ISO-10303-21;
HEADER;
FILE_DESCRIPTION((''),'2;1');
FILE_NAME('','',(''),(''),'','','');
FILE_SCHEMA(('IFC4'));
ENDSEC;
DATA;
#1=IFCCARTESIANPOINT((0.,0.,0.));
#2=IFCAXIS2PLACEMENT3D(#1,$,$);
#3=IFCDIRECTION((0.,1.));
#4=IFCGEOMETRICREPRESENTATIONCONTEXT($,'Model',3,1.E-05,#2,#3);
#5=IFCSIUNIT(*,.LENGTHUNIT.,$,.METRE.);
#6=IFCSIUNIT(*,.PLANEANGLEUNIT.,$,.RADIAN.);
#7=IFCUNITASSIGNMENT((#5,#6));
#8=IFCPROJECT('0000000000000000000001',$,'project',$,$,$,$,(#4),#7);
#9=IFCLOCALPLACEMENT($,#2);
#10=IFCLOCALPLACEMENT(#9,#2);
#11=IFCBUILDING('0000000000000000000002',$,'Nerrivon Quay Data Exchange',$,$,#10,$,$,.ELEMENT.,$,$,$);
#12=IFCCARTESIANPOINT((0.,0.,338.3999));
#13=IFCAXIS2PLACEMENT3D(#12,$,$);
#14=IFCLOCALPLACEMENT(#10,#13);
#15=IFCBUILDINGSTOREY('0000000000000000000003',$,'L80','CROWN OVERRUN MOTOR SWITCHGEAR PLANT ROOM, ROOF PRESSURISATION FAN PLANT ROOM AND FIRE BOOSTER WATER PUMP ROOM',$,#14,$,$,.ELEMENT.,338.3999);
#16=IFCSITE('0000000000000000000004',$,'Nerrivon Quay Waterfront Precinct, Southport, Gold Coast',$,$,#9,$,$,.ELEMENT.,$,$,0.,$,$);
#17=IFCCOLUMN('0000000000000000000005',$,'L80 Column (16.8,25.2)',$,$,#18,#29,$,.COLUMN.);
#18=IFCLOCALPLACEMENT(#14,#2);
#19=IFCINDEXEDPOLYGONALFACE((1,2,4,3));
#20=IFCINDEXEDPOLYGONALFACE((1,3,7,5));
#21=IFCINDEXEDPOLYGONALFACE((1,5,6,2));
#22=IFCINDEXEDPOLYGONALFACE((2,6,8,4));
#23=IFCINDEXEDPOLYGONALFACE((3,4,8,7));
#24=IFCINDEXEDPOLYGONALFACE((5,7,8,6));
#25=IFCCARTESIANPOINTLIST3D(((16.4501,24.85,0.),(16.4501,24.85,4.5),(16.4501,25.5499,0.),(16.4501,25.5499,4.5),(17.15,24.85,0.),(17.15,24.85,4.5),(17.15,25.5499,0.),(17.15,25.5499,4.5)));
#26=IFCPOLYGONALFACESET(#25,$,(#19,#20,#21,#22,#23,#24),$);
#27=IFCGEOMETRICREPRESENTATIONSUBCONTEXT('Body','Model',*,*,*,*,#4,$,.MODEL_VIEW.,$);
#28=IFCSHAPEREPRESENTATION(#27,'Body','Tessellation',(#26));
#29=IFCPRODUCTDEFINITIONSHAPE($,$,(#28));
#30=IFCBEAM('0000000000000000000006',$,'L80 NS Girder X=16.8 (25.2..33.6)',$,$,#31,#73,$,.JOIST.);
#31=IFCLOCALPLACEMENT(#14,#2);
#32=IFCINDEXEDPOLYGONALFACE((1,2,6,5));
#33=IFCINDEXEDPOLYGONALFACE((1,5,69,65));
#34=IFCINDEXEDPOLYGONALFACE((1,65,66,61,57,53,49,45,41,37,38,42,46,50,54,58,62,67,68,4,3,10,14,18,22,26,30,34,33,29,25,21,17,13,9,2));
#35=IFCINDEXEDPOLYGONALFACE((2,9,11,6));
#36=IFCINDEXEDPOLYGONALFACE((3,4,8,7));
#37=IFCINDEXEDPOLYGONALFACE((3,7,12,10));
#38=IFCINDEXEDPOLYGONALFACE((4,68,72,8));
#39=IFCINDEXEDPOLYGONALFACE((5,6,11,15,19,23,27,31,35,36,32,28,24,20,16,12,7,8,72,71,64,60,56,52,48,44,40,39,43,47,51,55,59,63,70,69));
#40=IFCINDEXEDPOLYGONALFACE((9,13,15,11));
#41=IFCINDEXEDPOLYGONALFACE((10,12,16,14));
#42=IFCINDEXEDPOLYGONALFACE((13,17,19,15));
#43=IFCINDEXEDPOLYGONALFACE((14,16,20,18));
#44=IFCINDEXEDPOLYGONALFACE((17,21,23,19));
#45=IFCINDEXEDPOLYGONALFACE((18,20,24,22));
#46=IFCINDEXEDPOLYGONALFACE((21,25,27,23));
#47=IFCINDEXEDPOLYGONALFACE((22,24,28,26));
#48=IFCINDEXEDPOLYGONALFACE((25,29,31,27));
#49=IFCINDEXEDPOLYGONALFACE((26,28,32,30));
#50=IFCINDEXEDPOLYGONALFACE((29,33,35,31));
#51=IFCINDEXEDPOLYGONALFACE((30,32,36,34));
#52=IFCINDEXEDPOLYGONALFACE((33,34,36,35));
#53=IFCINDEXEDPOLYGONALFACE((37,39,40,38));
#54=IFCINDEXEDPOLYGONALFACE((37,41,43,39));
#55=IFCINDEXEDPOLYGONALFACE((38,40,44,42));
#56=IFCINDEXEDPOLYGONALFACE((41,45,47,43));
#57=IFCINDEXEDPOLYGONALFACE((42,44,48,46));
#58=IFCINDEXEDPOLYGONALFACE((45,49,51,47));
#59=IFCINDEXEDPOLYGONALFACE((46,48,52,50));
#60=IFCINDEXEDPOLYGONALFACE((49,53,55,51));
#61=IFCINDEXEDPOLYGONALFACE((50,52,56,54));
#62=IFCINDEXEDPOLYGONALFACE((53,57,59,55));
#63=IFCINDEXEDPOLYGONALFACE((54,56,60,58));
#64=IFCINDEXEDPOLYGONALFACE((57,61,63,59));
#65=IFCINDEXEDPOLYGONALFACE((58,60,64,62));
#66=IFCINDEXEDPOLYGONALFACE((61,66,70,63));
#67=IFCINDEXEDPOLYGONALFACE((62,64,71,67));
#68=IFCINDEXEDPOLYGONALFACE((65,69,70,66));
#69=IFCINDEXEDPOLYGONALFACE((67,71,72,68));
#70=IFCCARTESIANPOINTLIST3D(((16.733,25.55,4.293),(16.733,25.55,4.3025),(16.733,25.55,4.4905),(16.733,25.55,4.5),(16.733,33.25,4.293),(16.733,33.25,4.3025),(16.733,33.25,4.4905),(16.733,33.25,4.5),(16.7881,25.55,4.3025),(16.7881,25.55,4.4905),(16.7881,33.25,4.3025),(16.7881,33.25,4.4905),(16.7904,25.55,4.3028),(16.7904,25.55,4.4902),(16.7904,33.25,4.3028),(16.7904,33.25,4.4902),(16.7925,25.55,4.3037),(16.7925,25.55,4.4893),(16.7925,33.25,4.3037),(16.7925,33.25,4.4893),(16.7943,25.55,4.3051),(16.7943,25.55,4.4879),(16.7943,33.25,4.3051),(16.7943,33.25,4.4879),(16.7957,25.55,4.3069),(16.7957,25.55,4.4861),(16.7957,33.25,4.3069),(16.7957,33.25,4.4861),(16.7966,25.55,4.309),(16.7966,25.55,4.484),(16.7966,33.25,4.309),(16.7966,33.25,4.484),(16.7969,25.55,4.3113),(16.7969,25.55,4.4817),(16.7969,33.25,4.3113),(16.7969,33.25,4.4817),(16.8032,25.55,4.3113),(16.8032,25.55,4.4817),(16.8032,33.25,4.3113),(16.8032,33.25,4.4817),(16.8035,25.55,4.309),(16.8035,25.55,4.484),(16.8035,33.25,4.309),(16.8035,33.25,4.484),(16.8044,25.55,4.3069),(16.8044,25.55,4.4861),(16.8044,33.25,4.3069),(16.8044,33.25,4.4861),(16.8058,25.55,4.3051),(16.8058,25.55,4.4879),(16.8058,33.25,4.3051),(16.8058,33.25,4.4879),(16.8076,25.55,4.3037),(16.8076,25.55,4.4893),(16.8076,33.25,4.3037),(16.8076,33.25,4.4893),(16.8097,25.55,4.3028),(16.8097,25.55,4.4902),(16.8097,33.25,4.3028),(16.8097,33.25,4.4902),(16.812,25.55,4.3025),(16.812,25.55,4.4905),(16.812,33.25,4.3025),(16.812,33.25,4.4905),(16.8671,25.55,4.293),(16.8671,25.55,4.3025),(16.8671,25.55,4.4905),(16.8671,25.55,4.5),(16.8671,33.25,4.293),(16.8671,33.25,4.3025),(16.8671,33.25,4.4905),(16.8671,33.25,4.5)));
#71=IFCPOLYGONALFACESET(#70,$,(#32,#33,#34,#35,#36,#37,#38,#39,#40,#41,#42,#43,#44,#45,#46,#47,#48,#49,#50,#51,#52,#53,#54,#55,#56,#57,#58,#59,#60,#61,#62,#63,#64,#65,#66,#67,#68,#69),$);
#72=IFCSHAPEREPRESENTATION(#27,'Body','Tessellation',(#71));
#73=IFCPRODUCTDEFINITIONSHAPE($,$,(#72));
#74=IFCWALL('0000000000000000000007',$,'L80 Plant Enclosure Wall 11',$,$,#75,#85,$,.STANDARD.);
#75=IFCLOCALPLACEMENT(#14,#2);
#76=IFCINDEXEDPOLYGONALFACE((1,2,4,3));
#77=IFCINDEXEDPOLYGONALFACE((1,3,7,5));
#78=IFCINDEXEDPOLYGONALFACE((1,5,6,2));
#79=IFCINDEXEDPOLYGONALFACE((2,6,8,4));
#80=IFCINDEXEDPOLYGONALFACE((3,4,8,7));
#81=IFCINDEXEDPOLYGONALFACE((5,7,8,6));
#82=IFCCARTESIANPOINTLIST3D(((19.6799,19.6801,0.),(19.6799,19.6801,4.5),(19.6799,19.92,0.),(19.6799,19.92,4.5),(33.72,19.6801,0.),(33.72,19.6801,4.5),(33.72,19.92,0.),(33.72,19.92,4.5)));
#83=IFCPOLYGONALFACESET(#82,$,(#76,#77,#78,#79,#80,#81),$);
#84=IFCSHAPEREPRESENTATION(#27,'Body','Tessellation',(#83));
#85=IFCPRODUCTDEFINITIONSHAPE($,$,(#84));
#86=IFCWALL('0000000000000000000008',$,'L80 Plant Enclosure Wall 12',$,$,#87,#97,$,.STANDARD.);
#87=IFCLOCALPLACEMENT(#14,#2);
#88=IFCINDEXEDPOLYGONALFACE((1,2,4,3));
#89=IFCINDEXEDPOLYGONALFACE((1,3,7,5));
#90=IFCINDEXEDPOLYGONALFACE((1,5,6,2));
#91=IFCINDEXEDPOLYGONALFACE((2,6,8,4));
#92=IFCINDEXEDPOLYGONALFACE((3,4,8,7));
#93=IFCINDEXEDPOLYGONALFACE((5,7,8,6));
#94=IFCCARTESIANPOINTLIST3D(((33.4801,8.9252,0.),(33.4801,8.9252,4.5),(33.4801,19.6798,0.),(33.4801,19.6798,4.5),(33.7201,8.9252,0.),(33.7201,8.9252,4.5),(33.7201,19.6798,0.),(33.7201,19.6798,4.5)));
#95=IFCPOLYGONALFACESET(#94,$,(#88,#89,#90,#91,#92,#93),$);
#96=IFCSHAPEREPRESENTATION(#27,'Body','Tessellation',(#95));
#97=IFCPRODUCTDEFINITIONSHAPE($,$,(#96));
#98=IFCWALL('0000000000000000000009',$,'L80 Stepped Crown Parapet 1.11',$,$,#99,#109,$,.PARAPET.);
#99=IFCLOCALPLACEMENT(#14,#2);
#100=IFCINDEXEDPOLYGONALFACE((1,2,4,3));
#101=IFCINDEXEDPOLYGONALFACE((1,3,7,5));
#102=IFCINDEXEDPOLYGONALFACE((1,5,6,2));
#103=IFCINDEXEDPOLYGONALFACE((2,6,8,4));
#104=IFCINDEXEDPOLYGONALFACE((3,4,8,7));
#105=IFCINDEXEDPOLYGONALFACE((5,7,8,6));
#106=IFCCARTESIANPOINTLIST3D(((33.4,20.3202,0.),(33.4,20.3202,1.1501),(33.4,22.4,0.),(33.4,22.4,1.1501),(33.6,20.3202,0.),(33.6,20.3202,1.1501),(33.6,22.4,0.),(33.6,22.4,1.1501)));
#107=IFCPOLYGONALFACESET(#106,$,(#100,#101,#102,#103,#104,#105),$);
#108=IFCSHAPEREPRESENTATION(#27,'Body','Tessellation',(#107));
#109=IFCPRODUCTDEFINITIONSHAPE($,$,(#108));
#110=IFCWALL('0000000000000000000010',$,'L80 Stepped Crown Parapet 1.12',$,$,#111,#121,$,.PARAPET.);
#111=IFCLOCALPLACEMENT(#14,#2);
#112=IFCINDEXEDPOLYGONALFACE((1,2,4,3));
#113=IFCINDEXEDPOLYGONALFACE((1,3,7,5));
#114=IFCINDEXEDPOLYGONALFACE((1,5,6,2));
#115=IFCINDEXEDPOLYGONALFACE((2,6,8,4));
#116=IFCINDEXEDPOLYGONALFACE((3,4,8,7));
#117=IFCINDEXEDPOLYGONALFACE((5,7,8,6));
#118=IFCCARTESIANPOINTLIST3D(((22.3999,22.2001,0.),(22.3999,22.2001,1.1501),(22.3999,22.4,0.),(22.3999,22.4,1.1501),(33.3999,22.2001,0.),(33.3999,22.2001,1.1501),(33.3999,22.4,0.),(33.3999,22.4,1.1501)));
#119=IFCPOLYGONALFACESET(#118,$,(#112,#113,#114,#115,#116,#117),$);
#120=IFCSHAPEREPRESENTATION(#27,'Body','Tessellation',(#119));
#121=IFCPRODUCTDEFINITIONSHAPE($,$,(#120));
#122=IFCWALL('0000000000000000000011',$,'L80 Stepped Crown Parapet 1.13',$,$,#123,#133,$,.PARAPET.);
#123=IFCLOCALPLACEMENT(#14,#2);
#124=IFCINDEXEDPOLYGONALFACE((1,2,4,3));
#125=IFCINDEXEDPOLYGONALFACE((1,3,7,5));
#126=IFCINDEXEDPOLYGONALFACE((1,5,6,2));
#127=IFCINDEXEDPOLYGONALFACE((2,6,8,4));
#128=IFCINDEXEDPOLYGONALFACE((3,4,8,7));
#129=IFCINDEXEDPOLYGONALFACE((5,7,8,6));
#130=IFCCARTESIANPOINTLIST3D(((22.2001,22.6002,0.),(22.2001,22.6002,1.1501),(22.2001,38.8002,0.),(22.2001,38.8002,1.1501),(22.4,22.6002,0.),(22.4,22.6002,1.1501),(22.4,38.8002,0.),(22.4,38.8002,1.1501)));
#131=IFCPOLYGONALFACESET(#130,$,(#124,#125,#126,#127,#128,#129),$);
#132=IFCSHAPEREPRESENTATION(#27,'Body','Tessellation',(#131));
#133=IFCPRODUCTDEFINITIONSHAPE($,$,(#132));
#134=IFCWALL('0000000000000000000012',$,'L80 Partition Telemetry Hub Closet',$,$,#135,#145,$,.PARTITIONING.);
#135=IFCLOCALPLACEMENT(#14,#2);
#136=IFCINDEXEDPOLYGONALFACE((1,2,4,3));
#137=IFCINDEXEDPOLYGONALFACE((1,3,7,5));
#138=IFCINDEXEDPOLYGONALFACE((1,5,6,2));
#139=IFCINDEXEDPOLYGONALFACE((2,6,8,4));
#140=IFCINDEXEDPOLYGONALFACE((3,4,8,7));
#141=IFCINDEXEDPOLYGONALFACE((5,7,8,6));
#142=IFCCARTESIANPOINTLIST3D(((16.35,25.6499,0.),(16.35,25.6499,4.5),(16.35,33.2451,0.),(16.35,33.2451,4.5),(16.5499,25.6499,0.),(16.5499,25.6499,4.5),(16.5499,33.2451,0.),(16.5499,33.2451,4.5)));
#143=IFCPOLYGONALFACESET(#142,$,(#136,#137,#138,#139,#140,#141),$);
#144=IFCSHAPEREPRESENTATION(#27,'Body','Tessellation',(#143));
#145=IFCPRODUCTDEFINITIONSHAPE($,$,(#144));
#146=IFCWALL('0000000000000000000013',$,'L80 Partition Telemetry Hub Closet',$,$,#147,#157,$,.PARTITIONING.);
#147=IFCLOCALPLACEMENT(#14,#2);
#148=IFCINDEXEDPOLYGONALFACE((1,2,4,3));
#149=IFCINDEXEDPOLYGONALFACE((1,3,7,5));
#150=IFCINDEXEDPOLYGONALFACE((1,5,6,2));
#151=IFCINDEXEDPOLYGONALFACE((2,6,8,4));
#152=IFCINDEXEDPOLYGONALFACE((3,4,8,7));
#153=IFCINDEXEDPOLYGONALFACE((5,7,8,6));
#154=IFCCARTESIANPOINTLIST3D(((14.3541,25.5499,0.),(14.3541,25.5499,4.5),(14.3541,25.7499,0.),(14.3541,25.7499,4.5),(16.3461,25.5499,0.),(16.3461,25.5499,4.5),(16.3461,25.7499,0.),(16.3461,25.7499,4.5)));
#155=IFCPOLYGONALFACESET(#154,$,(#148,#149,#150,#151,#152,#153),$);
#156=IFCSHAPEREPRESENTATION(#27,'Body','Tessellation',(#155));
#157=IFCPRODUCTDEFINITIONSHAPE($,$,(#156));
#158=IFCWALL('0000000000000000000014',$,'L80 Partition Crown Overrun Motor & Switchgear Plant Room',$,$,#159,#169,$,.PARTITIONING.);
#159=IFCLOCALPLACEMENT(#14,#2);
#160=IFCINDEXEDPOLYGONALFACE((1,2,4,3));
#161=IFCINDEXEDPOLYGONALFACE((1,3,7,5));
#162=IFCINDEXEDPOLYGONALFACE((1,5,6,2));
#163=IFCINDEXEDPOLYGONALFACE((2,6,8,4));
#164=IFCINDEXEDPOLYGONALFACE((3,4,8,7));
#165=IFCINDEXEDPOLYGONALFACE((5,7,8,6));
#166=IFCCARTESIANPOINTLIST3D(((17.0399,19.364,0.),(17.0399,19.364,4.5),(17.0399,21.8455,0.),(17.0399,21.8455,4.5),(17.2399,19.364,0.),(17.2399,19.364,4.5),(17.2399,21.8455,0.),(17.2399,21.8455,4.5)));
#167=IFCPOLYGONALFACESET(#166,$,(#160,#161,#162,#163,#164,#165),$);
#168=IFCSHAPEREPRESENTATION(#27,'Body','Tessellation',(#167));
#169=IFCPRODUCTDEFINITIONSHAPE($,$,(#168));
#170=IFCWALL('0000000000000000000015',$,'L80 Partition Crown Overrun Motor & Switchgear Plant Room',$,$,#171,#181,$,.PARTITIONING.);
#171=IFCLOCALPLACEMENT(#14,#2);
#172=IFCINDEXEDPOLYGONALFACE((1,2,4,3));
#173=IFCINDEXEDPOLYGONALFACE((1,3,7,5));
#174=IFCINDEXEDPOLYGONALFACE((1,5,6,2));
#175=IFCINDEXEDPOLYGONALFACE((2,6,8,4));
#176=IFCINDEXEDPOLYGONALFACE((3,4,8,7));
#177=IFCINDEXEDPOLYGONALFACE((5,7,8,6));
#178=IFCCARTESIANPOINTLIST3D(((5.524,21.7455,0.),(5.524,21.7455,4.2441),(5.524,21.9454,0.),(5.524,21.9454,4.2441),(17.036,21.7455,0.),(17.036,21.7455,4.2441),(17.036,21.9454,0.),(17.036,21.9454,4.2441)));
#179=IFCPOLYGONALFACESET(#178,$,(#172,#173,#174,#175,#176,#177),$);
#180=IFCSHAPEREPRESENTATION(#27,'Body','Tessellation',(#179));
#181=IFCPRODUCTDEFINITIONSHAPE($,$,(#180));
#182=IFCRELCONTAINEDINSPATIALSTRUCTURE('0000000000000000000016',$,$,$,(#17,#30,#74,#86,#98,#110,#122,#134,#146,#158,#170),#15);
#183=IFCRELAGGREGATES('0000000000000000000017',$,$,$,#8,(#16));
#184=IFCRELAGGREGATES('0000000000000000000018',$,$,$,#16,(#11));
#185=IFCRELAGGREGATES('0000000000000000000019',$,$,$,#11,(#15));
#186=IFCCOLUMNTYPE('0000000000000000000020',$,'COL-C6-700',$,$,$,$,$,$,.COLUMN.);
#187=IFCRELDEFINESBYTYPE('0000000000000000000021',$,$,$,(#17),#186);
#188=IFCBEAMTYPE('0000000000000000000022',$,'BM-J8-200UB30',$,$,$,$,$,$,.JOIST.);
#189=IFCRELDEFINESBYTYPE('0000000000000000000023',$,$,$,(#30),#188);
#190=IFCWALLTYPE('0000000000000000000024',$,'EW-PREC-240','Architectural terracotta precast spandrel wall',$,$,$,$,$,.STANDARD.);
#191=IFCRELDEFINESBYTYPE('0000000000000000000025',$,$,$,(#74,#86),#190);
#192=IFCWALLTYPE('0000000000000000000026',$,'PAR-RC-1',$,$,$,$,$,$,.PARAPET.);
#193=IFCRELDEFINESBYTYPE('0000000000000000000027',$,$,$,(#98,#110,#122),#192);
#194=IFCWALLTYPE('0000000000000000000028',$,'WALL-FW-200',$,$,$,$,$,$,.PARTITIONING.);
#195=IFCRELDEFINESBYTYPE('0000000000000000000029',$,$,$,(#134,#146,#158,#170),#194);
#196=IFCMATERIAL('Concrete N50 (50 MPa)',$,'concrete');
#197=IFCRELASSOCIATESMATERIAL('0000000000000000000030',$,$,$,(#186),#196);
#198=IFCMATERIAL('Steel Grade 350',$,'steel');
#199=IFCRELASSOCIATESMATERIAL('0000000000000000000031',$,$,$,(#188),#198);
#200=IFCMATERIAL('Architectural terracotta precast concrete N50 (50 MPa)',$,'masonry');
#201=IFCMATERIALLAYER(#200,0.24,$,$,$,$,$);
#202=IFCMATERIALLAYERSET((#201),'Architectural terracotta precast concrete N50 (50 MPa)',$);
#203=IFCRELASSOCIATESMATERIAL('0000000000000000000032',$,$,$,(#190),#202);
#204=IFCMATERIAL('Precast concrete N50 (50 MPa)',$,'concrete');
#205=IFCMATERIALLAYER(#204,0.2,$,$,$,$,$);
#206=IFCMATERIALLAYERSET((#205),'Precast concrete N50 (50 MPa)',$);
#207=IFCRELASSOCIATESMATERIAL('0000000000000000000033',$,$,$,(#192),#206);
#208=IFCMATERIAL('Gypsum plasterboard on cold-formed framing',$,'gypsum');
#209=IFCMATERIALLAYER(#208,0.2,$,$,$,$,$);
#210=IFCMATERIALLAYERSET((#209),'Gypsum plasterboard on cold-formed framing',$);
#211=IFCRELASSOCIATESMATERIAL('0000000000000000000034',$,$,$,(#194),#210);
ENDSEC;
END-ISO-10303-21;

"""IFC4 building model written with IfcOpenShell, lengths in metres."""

from ifc_helpers import new_model, si_unit, direction, frame, frame_2d, origin, origin_2d, place, context, subcontext, project, spatial, rectangle, i_section, extrude, material, layer, layer_set, material_profile, profile_set, type_object, element, save


model = new_model("IFC4")

# Units and contexts
model_context = context("Model", 3, precision=1e-05, world=origin(), true_north=direction((0.0, 1.0)))
body_context = subcontext(model_context, "Body", "Model", "MODEL_VIEW")
ifc_project = project(units=[si_unit("LENGTHUNIT", "METRE"), si_unit("PLANEANGLEUNIT", "RADIAN")], contexts=[model_context])

# Site, building, storey
site_placement = place(None, origin())
site = spatial("IfcSite", under=ifc_project, at=site_placement, Name="Nerrivon Quay Waterfront Precinct, Southport, Gold Coast", CompositionType="ELEMENT", RefElevation=0.0)
building_placement = place(site_placement, origin())
building = spatial("IfcBuilding", under=site, at=building_placement, Name="Nerrivon Quay Data Exchange", CompositionType="ELEMENT")
storey_placement = place(building_placement, frame((0.0, 0.0, 338.3999)))
storey = spatial("IfcBuildingStorey", under=building, at=storey_placement, Name="L80", Description="CROWN OVERRUN MOTOR SWITCHGEAR PLANT ROOM, ROOF PRESSURISATION FAN PLANT ROOM AND FIRE BOOSTER WATER PUMP ROOM", CompositionType="ELEMENT", Elevation=338.3999)

# Column
ifc_material_1 = material(Name="Concrete N50 (50 MPa)", Category="concrete")
ifc_material_profile_1 = material_profile(ifc_material_1, rectangle(XDim=0.7, YDim=0.7, at=origin_2d()), Name="RC-COL-700x700")
ifc_profile_set_1 = profile_set([ifc_material_profile_1], Name="Concrete N50 (50 MPa)")
column_type = type_object("IfcColumnType", Name="COL-C6-700", PredefinedType="COLUMN", material=ifc_profile_set_1)
column_placement = place(storey_placement, frame((16.8, 25.2, 0.0), z_axis=(0.0, 0.0, 1.0), x_axis=(1.0, 0.0, 0.0)))
element("IfcColumn", 1, at=column_placement, inside=storey, type_object=column_type, Name="L80 Column (16.8,25.2)", PredefinedType="COLUMN", context=body_context, shape_type="SweptSolid", body=[
    extrude(rectangle(XDim=0.7, YDim=0.7, at=origin_2d()), origin(), (0.0, 0.0, 1.0), 4.5),
])

# Beam
ifc_material_2 = material(Name="Steel Grade 350", Category="steel")
ifc_material_profile_2 = material_profile(ifc_material_2, i_section(OverallWidth=0.134, OverallDepth=0.207, WebThickness=0.0063, FlangeThickness=0.0095, FilletRadius=0.0088, at=origin_2d()), Name="200UB29.8")
ifc_profile_set_2 = profile_set([ifc_material_profile_2], Name="Steel Grade 350")
beam_type = type_object("IfcBeamType", Name="BM-J8-200UB30", PredefinedType="JOIST", material=ifc_profile_set_2)
beam_placement = place(storey_placement, frame((16.8, 25.55, 4.3965), z_axis=(0.0, 1.0, 0.0), x_axis=(-1.0, 0.0, 0.0)))
element("IfcBeam", 2, at=beam_placement, inside=storey, type_object=beam_type, Name="L80 NS Girder X=16.8 (25.2..33.6)", PredefinedType="JOIST", context=body_context, shape_type="SweptSolid", body=[
    extrude(i_section(OverallWidth=0.134, OverallDepth=0.207, WebThickness=0.0063, FlangeThickness=0.0095, FilletRadius=0.0088, at=origin_2d()), origin(), (0.0, 0.0, 1.0), 7.7),
])

# Walls
ifc_material_3 = material(Name="Architectural terracotta precast concrete N50 (50 MPa)", Category="masonry")
ifc_layer_1 = layer(ifc_material_3, 0.24)
ifc_layer_set_1 = layer_set([ifc_layer_1], Name="Architectural terracotta precast concrete N50 (50 MPa)")
wall_type_1 = type_object("IfcWallType", Name="EW-PREC-240", Description="Architectural terracotta precast spandrel wall", PredefinedType="STANDARD", material=ifc_layer_set_1)
wall_1_placement = place(storey_placement, frame((19.6799, 19.8, 0.0), z_axis=(0.0, 0.0, 1.0), x_axis=(1.0, 0.0, 0.0)))
element("IfcWall", 3, at=wall_1_placement, inside=storey, type_object=wall_type_1, Name="L80 Plant Enclosure Wall 11", PredefinedType="STANDARD", context=body_context, shape_type="SweptSolid", body=[
    extrude(rectangle(XDim=14.04, YDim=0.24, at=frame_2d((7.02, 0.0))), origin(), (0.0, 0.0, 1.0), 4.5),
])
wall_2_placement = place(storey_placement, frame((33.6001, 19.6799, 0.0), z_axis=(0.0, 0.0, 1.0), x_axis=(0.0, -1.0, 0.0)))
element("IfcWall", 4, at=wall_2_placement, inside=storey, type_object=wall_type_1, Name="L80 Plant Enclosure Wall 12", PredefinedType="STANDARD", context=body_context, shape_type="SweptSolid", body=[
    extrude(rectangle(XDim=10.7546, YDim=0.24, at=frame_2d((5.3774, 0.0))), origin(), (0.0, 0.0, 1.0), 4.5),
])
ifc_material_4 = material(Name="Precast concrete N50 (50 MPa)", Category="concrete")
ifc_layer_2 = layer(ifc_material_4, 0.2)
ifc_layer_set_2 = layer_set([ifc_layer_2], Name="Precast concrete N50 (50 MPa)")
wall_type_2 = type_object("IfcWallType", Name="PAR-RC-1", PredefinedType="PARAPET", material=ifc_layer_set_2)
wall_3_placement = place(storey_placement, frame((33.5, 20.3201, 0.0), z_axis=(0.0, 0.0, 1.0), x_axis=(0.0, 1.0, 0.0)))
element("IfcWall", 5, at=wall_3_placement, inside=storey, type_object=wall_type_2, Name="L80 Stepped Crown Parapet 1.11", PredefinedType="PARAPET", context=body_context, shape_type="SweptSolid", body=[
    extrude(rectangle(XDim=2.0798, YDim=0.2, at=frame_2d((1.04, 0.0))), origin(), (0.0, 0.0, 1.0), 1.1501),
])
wall_4_placement = place(storey_placement, frame((33.3999, 22.3, 0.0), z_axis=(0.0, 0.0, 1.0), x_axis=(-1.0, 0.0, 0.0)))
element("IfcWall", 6, at=wall_4_placement, inside=storey, type_object=wall_type_2, Name="L80 Stepped Crown Parapet 1.12", PredefinedType="PARAPET", context=body_context, shape_type="SweptSolid", body=[
    extrude(rectangle(XDim=11.0, YDim=0.2, at=frame_2d((5.5, 0.0))), origin(), (0.0, 0.0, 1.0), 1.1501),
])
wall_5_placement = place(storey_placement, frame((22.3, 22.6001, 0.0), z_axis=(0.0, 0.0, 1.0), x_axis=(0.0, 1.0, 0.0)))
element("IfcWall", 7, at=wall_5_placement, inside=storey, type_object=wall_type_2, Name="L80 Stepped Crown Parapet 1.13", PredefinedType="PARAPET", context=body_context, shape_type="SweptSolid", body=[
    extrude(rectangle(XDim=16.2, YDim=0.2, at=frame_2d((8.1001, 0.0))), origin(), (0.0, 0.0, 1.0), 1.1501),
])
ifc_material_5 = material(Name="Gypsum plasterboard on cold-formed framing", Category="gypsum")
ifc_layer_3 = layer(ifc_material_5, 0.2)
ifc_layer_set_3 = layer_set([ifc_layer_3], Name="Gypsum plasterboard on cold-formed framing")
wall_type_3 = type_object("IfcWallType", Name="WALL-FW-200", PredefinedType="PARTITIONING", material=ifc_layer_set_3)
wall_6_placement = place(storey_placement, frame((16.45, 25.6499, 0.0), z_axis=(0.0, 0.0, 1.0), x_axis=(0.0, 1.0, 0.0)))
element("IfcWall", 8, at=wall_6_placement, inside=storey, type_object=wall_type_3, Name="L80 Partition Telemetry Hub Closet", PredefinedType="PARTITIONING", context=body_context, shape_type="SweptSolid", body=[
    extrude(rectangle(XDim=7.5952, YDim=0.2, at=frame_2d((3.7976, 0.0))), origin(), (0.0, 0.0, 1.0), 4.5),
])
wall_7_placement = place(storey_placement, frame((14.354, 25.6499, 0.0), z_axis=(0.0, 0.0, 1.0), x_axis=(1.0, 0.0, 0.0)))
element("IfcWall", 9, at=wall_7_placement, inside=storey, type_object=wall_type_3, Name="L80 Partition Telemetry Hub Closet", PredefinedType="PARTITIONING", context=body_context, shape_type="SweptSolid", body=[
    extrude(rectangle(XDim=1.9919, YDim=0.2, at=frame_2d((0.9961, 0.0))), origin(), (0.0, 0.0, 1.0), 4.5),
])
wall_8_placement = place(storey_placement, frame((17.1399, 19.364, 0.0), z_axis=(0.0, 0.0, 1.0), x_axis=(0.0, 1.0, 0.0)))
element("IfcWall", 10, at=wall_8_placement, inside=storey, type_object=wall_type_3, Name="L80 Partition Crown Overrun Motor & Switchgear Plant Room", PredefinedType="PARTITIONING", context=body_context, shape_type="SweptSolid", body=[
    extrude(rectangle(XDim=2.4814, YDim=0.2, at=frame_2d((1.2407, 0.0))), origin(), (0.0, 0.0, 1.0), 4.5),
])
wall_9_placement = place(storey_placement, frame((17.0359, 21.8455, 0.0), z_axis=(0.0, 0.0, 1.0), x_axis=(-1.0, 0.0, 0.0)))
element("IfcWall", 11, at=wall_9_placement, inside=storey, type_object=wall_type_3, Name="L80 Partition Crown Overrun Motor & Switchgear Plant Room", PredefinedType="PARTITIONING", context=body_context, shape_type="SweptSolid", body=[
    extrude(rectangle(XDim=11.512, YDim=0.2, at=frame_2d((5.7559, 0.0))), origin(), (0.0, 0.0, 1.0), 4.2441),
])

save(model, "model.ifc")
